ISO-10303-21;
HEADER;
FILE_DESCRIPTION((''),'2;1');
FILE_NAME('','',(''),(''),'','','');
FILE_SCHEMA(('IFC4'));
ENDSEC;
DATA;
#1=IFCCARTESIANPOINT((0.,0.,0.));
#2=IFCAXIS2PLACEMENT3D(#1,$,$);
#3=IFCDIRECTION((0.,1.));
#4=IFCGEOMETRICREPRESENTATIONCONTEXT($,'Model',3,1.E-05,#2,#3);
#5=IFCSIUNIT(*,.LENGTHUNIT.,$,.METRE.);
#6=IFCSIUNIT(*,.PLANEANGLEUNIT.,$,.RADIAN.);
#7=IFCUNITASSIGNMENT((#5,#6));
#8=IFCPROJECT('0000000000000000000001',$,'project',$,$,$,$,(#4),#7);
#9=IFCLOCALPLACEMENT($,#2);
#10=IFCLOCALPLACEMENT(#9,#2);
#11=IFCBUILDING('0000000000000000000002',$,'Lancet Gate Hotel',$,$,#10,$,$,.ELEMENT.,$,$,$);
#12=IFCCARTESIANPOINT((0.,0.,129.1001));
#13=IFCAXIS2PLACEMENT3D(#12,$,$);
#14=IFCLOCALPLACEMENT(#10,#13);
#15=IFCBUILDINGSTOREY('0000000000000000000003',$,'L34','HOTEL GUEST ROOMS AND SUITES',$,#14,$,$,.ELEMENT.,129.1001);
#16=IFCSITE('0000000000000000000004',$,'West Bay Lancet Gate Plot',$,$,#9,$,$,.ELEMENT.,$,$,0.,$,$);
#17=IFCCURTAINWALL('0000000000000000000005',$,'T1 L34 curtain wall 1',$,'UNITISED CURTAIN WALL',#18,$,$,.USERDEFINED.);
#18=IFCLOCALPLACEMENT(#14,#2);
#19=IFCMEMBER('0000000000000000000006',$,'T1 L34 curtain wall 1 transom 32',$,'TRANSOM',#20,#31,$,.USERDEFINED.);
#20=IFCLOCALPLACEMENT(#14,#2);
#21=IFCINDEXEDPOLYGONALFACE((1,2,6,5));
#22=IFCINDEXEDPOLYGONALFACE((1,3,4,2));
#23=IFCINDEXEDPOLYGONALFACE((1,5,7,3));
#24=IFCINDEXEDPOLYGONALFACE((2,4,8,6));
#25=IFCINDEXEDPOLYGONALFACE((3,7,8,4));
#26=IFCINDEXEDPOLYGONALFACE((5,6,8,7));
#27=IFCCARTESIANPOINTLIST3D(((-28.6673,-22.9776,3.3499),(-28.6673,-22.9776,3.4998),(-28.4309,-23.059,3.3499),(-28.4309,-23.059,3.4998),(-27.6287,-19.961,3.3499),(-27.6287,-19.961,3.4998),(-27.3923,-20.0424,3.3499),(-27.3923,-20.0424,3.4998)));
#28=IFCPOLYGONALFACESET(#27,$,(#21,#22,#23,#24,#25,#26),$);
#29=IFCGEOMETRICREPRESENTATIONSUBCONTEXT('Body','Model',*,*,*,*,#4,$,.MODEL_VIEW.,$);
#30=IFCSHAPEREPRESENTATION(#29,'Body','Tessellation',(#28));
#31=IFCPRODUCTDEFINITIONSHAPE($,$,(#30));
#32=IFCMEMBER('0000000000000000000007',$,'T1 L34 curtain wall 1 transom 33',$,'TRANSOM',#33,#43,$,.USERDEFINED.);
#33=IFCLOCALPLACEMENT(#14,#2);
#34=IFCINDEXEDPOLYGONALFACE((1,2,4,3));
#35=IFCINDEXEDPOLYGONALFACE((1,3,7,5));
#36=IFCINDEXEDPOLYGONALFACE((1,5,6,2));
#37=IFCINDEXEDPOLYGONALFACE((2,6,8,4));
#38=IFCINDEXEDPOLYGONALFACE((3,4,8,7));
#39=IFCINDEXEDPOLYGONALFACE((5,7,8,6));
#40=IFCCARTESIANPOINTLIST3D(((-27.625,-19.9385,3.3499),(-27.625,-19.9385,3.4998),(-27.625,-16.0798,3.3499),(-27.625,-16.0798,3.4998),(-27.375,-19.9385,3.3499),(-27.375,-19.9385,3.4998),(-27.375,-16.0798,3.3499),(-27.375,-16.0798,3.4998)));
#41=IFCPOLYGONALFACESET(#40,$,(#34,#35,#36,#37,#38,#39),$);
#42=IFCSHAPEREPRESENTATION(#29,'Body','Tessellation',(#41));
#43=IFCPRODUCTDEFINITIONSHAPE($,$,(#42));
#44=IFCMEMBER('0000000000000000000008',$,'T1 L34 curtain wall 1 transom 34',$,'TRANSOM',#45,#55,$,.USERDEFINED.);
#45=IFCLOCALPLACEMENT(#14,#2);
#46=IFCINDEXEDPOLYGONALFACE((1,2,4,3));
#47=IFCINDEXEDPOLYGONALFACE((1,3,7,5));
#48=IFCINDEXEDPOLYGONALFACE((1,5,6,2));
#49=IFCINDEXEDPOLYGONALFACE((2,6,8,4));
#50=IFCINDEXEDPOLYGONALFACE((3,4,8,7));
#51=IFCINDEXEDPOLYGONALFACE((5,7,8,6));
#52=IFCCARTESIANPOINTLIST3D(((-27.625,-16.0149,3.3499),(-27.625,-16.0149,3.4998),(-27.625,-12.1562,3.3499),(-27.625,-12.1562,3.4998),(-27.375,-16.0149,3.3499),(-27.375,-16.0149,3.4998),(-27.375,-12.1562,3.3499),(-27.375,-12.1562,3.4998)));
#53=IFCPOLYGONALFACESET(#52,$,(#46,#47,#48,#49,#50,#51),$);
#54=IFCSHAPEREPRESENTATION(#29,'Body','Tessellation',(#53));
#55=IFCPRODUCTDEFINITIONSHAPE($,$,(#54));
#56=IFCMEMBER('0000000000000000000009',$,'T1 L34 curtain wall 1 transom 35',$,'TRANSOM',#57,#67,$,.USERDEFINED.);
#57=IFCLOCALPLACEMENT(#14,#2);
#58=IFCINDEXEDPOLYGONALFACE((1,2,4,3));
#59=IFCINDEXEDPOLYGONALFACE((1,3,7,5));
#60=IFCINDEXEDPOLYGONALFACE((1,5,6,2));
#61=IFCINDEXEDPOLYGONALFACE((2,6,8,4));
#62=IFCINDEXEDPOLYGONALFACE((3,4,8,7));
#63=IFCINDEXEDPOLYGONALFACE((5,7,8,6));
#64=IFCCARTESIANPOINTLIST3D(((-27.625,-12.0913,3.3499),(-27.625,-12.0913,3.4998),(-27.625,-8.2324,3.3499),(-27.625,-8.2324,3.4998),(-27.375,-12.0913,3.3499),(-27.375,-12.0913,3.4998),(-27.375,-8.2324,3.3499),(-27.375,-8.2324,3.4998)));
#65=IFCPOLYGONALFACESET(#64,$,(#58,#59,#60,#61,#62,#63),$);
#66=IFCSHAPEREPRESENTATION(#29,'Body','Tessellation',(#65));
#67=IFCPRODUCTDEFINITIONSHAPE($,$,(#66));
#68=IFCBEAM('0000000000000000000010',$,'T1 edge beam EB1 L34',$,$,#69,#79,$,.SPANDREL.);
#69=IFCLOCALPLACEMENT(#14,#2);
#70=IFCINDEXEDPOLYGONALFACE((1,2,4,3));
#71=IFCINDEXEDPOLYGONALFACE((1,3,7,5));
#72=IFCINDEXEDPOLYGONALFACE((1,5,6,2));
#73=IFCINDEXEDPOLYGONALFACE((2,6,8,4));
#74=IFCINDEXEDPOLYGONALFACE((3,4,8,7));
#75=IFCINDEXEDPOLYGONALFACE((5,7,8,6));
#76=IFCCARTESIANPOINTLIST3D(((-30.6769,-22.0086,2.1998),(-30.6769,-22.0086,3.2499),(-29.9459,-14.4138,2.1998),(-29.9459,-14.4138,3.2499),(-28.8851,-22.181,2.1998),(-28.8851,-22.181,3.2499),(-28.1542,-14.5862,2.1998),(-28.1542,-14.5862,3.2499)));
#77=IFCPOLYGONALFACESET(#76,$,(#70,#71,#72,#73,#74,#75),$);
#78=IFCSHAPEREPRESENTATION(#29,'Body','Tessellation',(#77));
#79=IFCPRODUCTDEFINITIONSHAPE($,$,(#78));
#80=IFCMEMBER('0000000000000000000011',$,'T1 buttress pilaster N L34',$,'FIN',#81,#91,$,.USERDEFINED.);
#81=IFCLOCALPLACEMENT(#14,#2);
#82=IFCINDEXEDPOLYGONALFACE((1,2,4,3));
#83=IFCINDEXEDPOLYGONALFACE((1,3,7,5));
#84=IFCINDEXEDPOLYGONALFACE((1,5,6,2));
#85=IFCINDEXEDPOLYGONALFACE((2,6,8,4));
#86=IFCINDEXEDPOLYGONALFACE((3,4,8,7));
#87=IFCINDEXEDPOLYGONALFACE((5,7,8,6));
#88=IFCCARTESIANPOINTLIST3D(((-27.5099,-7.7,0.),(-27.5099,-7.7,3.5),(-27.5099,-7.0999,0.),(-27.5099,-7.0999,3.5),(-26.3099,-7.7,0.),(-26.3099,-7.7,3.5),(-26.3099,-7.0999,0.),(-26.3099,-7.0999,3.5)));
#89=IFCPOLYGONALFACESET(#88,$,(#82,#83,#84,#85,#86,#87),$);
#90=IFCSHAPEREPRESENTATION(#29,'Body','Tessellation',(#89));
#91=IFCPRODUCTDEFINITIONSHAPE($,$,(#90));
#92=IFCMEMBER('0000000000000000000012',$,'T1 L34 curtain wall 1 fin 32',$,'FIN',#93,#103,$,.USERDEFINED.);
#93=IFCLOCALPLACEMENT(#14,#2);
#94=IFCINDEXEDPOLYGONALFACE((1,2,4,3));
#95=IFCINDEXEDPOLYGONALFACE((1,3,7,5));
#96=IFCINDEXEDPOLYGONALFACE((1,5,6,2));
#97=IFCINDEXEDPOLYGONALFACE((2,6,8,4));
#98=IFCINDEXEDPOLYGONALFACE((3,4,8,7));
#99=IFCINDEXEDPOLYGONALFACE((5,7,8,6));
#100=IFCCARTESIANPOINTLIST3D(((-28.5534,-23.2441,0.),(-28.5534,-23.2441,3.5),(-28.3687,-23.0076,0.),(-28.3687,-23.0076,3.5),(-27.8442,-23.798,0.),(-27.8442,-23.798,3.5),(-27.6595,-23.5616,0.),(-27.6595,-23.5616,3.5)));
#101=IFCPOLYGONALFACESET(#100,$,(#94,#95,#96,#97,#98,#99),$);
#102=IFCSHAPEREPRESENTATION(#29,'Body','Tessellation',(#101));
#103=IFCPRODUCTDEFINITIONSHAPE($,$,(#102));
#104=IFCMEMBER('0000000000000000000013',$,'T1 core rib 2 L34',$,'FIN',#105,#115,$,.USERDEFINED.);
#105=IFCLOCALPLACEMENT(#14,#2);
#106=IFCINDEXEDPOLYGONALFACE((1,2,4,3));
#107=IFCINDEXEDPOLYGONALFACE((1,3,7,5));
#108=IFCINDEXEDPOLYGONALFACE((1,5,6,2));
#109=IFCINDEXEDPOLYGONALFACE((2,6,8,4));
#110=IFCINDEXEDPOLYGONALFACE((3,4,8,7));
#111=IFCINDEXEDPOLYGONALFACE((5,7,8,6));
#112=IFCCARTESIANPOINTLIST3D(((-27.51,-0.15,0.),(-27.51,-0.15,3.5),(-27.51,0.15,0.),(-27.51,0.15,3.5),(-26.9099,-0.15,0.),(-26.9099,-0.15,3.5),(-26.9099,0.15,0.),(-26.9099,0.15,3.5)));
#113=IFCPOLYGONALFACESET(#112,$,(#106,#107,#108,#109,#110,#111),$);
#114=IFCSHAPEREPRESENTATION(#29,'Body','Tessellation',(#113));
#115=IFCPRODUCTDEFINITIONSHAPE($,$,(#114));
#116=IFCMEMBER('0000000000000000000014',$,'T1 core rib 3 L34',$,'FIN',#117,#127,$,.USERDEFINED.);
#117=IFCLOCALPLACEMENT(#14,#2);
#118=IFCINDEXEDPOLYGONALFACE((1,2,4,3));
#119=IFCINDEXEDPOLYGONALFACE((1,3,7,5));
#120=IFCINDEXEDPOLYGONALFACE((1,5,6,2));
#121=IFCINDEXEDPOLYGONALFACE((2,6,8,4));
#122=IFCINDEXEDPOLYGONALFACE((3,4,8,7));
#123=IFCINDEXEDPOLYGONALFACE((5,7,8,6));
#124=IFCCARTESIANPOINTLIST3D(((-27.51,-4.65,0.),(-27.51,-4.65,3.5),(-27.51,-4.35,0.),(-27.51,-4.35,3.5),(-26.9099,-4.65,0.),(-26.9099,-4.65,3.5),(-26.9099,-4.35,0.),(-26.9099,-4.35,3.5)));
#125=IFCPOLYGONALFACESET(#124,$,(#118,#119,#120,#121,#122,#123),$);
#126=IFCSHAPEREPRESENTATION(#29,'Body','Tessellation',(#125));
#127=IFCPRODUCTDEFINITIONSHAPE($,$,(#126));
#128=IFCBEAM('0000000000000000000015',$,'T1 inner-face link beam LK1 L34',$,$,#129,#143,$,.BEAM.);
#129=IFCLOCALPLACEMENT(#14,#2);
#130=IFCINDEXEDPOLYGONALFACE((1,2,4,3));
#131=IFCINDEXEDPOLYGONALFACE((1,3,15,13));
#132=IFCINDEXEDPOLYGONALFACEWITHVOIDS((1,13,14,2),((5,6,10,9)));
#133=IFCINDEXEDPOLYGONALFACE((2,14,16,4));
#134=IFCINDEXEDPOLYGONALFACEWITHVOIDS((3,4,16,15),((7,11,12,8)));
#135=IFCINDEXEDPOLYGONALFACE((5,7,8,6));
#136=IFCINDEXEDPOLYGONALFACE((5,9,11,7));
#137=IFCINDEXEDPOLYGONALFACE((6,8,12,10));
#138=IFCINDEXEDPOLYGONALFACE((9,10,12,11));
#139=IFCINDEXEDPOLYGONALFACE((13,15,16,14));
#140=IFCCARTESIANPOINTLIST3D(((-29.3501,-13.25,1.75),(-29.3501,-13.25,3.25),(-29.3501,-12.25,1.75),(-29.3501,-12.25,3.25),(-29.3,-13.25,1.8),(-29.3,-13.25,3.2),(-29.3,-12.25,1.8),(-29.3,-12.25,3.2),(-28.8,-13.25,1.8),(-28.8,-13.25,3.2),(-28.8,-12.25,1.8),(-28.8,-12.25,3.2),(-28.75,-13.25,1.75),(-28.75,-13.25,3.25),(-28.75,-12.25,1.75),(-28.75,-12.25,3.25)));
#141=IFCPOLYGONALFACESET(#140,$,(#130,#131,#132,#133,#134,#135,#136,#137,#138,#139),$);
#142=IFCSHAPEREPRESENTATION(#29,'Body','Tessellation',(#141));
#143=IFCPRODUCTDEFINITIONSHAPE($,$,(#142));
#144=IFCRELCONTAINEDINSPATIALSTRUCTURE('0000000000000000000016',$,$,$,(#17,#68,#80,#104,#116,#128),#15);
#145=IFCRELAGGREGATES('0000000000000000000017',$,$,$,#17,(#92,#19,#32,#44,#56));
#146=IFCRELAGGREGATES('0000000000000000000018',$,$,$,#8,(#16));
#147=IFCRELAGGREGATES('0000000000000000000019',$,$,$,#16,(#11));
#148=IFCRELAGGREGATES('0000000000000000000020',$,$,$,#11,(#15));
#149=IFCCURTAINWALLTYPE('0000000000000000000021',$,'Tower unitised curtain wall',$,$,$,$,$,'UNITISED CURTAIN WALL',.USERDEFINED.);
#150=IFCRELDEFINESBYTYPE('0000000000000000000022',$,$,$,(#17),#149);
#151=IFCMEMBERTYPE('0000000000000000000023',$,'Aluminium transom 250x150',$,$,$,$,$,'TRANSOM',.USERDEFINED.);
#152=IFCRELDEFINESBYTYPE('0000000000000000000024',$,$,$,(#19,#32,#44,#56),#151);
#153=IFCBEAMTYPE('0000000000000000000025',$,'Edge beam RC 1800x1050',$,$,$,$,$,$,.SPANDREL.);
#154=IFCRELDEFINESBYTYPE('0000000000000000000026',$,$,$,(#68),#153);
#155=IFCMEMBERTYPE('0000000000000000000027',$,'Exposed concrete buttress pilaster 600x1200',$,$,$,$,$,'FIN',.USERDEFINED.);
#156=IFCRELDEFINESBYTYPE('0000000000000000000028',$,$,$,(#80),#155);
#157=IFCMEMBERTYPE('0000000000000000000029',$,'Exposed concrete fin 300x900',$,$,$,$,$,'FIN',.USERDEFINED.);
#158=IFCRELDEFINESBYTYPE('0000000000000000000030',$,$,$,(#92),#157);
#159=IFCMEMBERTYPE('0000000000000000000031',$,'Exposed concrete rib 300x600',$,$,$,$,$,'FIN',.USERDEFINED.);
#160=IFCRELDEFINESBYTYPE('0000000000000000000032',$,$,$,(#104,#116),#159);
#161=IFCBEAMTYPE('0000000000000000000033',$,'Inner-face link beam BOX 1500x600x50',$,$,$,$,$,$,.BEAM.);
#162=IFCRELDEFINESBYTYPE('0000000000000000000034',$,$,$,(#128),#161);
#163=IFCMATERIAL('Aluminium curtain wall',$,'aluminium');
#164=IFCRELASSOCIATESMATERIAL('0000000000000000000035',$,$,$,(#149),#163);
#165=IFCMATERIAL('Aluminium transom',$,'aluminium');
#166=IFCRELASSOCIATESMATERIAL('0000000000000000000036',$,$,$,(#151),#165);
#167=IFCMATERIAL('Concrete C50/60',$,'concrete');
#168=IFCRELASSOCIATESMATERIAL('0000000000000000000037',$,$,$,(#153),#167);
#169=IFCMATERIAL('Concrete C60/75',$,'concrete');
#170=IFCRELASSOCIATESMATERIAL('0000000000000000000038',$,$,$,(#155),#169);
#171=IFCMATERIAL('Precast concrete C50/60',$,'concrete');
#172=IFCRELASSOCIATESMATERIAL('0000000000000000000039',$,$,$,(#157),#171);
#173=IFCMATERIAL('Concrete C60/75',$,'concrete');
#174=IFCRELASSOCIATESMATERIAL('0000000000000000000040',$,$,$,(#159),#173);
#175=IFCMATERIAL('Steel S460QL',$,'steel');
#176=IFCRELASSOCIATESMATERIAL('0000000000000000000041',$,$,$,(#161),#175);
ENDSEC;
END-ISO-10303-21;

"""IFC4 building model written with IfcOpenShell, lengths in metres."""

from ifc_helpers import new_model, si_unit, direction, frame, origin, origin_2d, place, context, subcontext, project, spatial, rectangle, hollow_rectangle, extrude, material, material_profile, profile_set, type_object, element, aggregate, save


model = new_model("IFC4")

# Units and contexts
model_context = context("Model", 3, precision=1e-05, world=origin(), true_north=direction((0.0, 1.0)))
body_context = subcontext(model_context, "Body", "Model", "MODEL_VIEW")
ifc_project = project(units=[si_unit("LENGTHUNIT", "METRE"), si_unit("PLANEANGLEUNIT", "RADIAN")], contexts=[model_context])

# Site, building, storey
site_placement = place(None, origin())
site = spatial("IfcSite", under=ifc_project, at=site_placement, Name="West Bay Lancet Gate Plot", CompositionType="ELEMENT", RefElevation=0.0)
building_placement = place(site_placement, origin())
building = spatial("IfcBuilding", under=site, at=building_placement, Name="Lancet Gate Hotel", CompositionType="ELEMENT")
storey_placement = place(building_placement, frame((0.0, 0.0, 129.1001)))
storey = spatial("IfcBuildingStorey", under=building, at=storey_placement, Name="L34", Description="HOTEL GUEST ROOMS AND SUITES", CompositionType="ELEMENT", Elevation=129.1001)

# Curtain wall, members
ifc_material_1 = material(Name="Aluminium curtain wall", Category="aluminium")
curtain_wall_type = type_object("IfcCurtainWallType", Name="Tower unitised curtain wall", ElementType="UNITISED CURTAIN WALL", PredefinedType="USERDEFINED", material=ifc_material_1)
curtain_wall_placement = place(storey_placement, origin())
curtain_wall = element("IfcCurtainWall", 1, at=curtain_wall_placement, inside=storey, type_object=curtain_wall_type, Name="T1 L34 curtain wall 1", ObjectType="UNITISED CURTAIN WALL", PredefinedType="USERDEFINED")
ifc_material_2 = material(Name="Aluminium transom", Category="aluminium")
ifc_material_profile_1 = material_profile(ifc_material_2, rectangle(XDim=0.25, YDim=0.1499, at=origin_2d()), Name="TRANSOM 250x150")
ifc_profile_set_1 = profile_set([ifc_material_profile_1], Name="Aluminium transom")
member_type_1 = type_object("IfcMemberType", Name="Aluminium transom 250x150", ElementType="TRANSOM", PredefinedType="USERDEFINED", material=ifc_profile_set_1)
member_1_placement = place(storey_placement, frame((-28.5491, -23.0183, 3.4248), z_axis=(0.325533, 0.945531, 0.0), x_axis=(-0.945531, 0.325533, 0.0)))
member_1 = element("IfcMember", 2, at=member_1_placement, type_object=member_type_1, Name="T1 L34 curtain wall 1 transom 32", ObjectType="TRANSOM", PredefinedType="USERDEFINED", context=body_context, shape_type="SweptSolid", body=[
    extrude(rectangle(XDim=0.25, YDim=0.1499, at=origin_2d()), origin(), (0.0, 0.0, 1.0), 3.1904),
])
member_2_placement = place(storey_placement, frame((-27.5, -19.9385, 3.4248), z_axis=(0.0, 1.0, 0.0), x_axis=(-1.0, 0.0, 0.0)))
member_2 = element("IfcMember", 3, at=member_2_placement, type_object=member_type_1, Name="T1 L34 curtain wall 1 transom 33", ObjectType="TRANSOM", PredefinedType="USERDEFINED", context=body_context, shape_type="SweptSolid", body=[
    extrude(rectangle(XDim=0.25, YDim=0.1499, at=origin_2d()), origin(), (0.0, 0.0, 1.0), 3.8586),
])
member_3_placement = place(storey_placement, frame((-27.5, -16.0149, 3.4248), z_axis=(0.0, 1.0, 0.0), x_axis=(-1.0, 0.0, 0.0)))
member_3 = element("IfcMember", 4, at=member_3_placement, type_object=member_type_1, Name="T1 L34 curtain wall 1 transom 34", ObjectType="TRANSOM", PredefinedType="USERDEFINED", context=body_context, shape_type="SweptSolid", body=[
    extrude(rectangle(XDim=0.25, YDim=0.1499, at=origin_2d()), origin(), (0.0, 0.0, 1.0), 3.8586),
])
member_4_placement = place(storey_placement, frame((-27.5, -12.0913, 3.4248), z_axis=(0.0, 1.0, 0.0), x_axis=(-1.0, 0.0, 0.0)))
member_4 = element("IfcMember", 5, at=member_4_placement, type_object=member_type_1, Name="T1 L34 curtain wall 1 transom 35", ObjectType="TRANSOM", PredefinedType="USERDEFINED", context=body_context, shape_type="SweptSolid", body=[
    extrude(rectangle(XDim=0.25, YDim=0.1499, at=origin_2d()), origin(), (0.0, 0.0, 1.0), 3.8589),
])

# Beam
ifc_material_3 = material(Name="Concrete C50/60", Category="concrete")
ifc_material_profile_2 = material_profile(ifc_material_3, rectangle(XDim=1.8, YDim=1.05, at=origin_2d()), Name="RC 1800x1050")
ifc_profile_set_2 = profile_set([ifc_material_profile_2], Name="Concrete C50/60")
beam_type_1 = type_object("IfcBeamType", Name="Edge beam RC 1800x1050", PredefinedType="SPANDREL", material=ifc_profile_set_2)
beam_1_placement = place(storey_placement, frame((-29.05, -14.5, 2.7249), z_axis=(-0.095803, -0.9954, 0.0), x_axis=(0.9954, -0.095803, 0.0)))
element("IfcBeam", 6, at=beam_1_placement, inside=storey, type_object=beam_type_1, Name="T1 edge beam EB1 L34", PredefinedType="SPANDREL", context=body_context, shape_type="SweptSolid", body=[
    extrude(rectangle(XDim=1.8, YDim=1.05, at=origin_2d()), origin(), (0.0, 0.0, 1.0), 7.6299),
])

# Members
ifc_material_4 = material(Name="Concrete C60/75", Category="concrete")
ifc_material_profile_3 = material_profile(ifc_material_4, rectangle(XDim=0.6001, YDim=1.2, at=origin_2d()), Name="FIN 600x1200")
ifc_profile_set_3 = profile_set([ifc_material_profile_3], Name="Concrete C60/75")
member_type_2 = type_object("IfcMemberType", Name="Exposed concrete buttress pilaster 600x1200", ElementType="FIN", PredefinedType="USERDEFINED", material=ifc_profile_set_3)
member_5_placement = place(storey_placement, frame((-26.9099, -7.3999, 0.0), z_axis=(0.0, 0.0, 1.0), x_axis=(0.0, 1.0, 0.0)))
element("IfcMember", 7, at=member_5_placement, inside=storey, type_object=member_type_2, Name="T1 buttress pilaster N L34", ObjectType="FIN", PredefinedType="USERDEFINED", context=body_context, shape_type="SweptSolid", body=[
    extrude(rectangle(XDim=0.6001, YDim=1.2, at=origin_2d()), origin(), (0.0, 0.0, 1.0), 3.5),
])
ifc_material_5 = material(Name="Precast concrete C50/60", Category="concrete")
ifc_material_profile_4 = material_profile(ifc_material_5, rectangle(XDim=0.3, YDim=0.8999, at=origin_2d()), Name="FIN 300x900")
ifc_profile_set_4 = profile_set([ifc_material_profile_4], Name="Precast concrete C50/60")
member_type_3 = type_object("IfcMemberType", Name="Exposed concrete fin 300x900", ElementType="FIN", PredefinedType="USERDEFINED", material=ifc_profile_set_4)
member_6_placement = place(storey_placement, frame((-28.1064, -23.4028, 0.0), z_axis=(0.0, 0.0, 1.0), x_axis=(0.615574, 0.788079, 0.0)))
member_6 = element("IfcMember", 8, at=member_6_placement, type_object=member_type_3, Name="T1 L34 curtain wall 1 fin 32", ObjectType="FIN", PredefinedType="USERDEFINED", context=body_context, shape_type="SweptSolid", body=[
    extrude(rectangle(XDim=0.3, YDim=0.8999, at=origin_2d()), origin(), (0.0, 0.0, 1.0), 3.5),
])

# Members
ifc_material_6 = material(Name="Concrete C60/75", Category="concrete")
ifc_material_profile_5 = material_profile(ifc_material_6, rectangle(XDim=0.3, YDim=0.6001, at=origin_2d()), Name="FIN 300x600")
ifc_profile_set_5 = profile_set([ifc_material_profile_5], Name="Concrete C60/75")
member_type_4 = type_object("IfcMemberType", Name="Exposed concrete rib 300x600", ElementType="FIN", PredefinedType="USERDEFINED", material=ifc_profile_set_5)
for number, where, z_axis, x_axis, name in (
    (9, (-27.21, 0.0, 0.0), (0.0, 0.0, 1.0), (0.0, 1.0, 0.0), "T1 core rib 2 L34"),
    (10, (-27.21, -4.5, 0.0), (0.0, 0.0, 1.0), (0.0, 1.0, 0.0), "T1 core rib 3 L34"),
):
    element("IfcMember", number, at=place(storey_placement, frame(where, z_axis=z_axis, x_axis=x_axis)), inside=storey, type_object=member_type_4, Name=name, ObjectType="FIN", PredefinedType="USERDEFINED", context=body_context, shape_type="SweptSolid", body=[
        extrude(rectangle(XDim=0.3, YDim=0.6001, at=origin_2d()), origin(), (0.0, 0.0, 1.0), 3.5),
    ])

# Beam
ifc_material_7 = material(Name="Steel S460QL", Category="steel")
ifc_material_profile_6 = material_profile(ifc_material_7, hollow_rectangle(XDim=0.6001, YDim=1.5, WallThickness=0.05, at=origin_2d()), Name="BOX 1500x600x50")
ifc_profile_set_6 = profile_set([ifc_material_profile_6], Name="Steel S460QL")
beam_type_2 = type_object("IfcBeamType", Name="Inner-face link beam BOX 1500x600x50", PredefinedType="BEAM", material=ifc_profile_set_6)
beam_2_placement = place(storey_placement, frame((-29.05, -12.25, 2.5), z_axis=(0.0, -1.0, 0.0), x_axis=(1.0, 0.0, 0.0)))
element("IfcBeam", 11, at=beam_2_placement, inside=storey, type_object=beam_type_2, Name="T1 inner-face link beam LK1 L34", PredefinedType="BEAM", context=body_context, shape_type="SweptSolid", body=[
    extrude(hollow_rectangle(XDim=0.6001, YDim=1.5, WallThickness=0.05, at=origin_2d()), origin(), (0.0, 0.0, 1.0), 1.0),
])

aggregate(curtain_wall, [member_6, member_1, member_2, member_3, member_4])

save(model, "model.ifc")
